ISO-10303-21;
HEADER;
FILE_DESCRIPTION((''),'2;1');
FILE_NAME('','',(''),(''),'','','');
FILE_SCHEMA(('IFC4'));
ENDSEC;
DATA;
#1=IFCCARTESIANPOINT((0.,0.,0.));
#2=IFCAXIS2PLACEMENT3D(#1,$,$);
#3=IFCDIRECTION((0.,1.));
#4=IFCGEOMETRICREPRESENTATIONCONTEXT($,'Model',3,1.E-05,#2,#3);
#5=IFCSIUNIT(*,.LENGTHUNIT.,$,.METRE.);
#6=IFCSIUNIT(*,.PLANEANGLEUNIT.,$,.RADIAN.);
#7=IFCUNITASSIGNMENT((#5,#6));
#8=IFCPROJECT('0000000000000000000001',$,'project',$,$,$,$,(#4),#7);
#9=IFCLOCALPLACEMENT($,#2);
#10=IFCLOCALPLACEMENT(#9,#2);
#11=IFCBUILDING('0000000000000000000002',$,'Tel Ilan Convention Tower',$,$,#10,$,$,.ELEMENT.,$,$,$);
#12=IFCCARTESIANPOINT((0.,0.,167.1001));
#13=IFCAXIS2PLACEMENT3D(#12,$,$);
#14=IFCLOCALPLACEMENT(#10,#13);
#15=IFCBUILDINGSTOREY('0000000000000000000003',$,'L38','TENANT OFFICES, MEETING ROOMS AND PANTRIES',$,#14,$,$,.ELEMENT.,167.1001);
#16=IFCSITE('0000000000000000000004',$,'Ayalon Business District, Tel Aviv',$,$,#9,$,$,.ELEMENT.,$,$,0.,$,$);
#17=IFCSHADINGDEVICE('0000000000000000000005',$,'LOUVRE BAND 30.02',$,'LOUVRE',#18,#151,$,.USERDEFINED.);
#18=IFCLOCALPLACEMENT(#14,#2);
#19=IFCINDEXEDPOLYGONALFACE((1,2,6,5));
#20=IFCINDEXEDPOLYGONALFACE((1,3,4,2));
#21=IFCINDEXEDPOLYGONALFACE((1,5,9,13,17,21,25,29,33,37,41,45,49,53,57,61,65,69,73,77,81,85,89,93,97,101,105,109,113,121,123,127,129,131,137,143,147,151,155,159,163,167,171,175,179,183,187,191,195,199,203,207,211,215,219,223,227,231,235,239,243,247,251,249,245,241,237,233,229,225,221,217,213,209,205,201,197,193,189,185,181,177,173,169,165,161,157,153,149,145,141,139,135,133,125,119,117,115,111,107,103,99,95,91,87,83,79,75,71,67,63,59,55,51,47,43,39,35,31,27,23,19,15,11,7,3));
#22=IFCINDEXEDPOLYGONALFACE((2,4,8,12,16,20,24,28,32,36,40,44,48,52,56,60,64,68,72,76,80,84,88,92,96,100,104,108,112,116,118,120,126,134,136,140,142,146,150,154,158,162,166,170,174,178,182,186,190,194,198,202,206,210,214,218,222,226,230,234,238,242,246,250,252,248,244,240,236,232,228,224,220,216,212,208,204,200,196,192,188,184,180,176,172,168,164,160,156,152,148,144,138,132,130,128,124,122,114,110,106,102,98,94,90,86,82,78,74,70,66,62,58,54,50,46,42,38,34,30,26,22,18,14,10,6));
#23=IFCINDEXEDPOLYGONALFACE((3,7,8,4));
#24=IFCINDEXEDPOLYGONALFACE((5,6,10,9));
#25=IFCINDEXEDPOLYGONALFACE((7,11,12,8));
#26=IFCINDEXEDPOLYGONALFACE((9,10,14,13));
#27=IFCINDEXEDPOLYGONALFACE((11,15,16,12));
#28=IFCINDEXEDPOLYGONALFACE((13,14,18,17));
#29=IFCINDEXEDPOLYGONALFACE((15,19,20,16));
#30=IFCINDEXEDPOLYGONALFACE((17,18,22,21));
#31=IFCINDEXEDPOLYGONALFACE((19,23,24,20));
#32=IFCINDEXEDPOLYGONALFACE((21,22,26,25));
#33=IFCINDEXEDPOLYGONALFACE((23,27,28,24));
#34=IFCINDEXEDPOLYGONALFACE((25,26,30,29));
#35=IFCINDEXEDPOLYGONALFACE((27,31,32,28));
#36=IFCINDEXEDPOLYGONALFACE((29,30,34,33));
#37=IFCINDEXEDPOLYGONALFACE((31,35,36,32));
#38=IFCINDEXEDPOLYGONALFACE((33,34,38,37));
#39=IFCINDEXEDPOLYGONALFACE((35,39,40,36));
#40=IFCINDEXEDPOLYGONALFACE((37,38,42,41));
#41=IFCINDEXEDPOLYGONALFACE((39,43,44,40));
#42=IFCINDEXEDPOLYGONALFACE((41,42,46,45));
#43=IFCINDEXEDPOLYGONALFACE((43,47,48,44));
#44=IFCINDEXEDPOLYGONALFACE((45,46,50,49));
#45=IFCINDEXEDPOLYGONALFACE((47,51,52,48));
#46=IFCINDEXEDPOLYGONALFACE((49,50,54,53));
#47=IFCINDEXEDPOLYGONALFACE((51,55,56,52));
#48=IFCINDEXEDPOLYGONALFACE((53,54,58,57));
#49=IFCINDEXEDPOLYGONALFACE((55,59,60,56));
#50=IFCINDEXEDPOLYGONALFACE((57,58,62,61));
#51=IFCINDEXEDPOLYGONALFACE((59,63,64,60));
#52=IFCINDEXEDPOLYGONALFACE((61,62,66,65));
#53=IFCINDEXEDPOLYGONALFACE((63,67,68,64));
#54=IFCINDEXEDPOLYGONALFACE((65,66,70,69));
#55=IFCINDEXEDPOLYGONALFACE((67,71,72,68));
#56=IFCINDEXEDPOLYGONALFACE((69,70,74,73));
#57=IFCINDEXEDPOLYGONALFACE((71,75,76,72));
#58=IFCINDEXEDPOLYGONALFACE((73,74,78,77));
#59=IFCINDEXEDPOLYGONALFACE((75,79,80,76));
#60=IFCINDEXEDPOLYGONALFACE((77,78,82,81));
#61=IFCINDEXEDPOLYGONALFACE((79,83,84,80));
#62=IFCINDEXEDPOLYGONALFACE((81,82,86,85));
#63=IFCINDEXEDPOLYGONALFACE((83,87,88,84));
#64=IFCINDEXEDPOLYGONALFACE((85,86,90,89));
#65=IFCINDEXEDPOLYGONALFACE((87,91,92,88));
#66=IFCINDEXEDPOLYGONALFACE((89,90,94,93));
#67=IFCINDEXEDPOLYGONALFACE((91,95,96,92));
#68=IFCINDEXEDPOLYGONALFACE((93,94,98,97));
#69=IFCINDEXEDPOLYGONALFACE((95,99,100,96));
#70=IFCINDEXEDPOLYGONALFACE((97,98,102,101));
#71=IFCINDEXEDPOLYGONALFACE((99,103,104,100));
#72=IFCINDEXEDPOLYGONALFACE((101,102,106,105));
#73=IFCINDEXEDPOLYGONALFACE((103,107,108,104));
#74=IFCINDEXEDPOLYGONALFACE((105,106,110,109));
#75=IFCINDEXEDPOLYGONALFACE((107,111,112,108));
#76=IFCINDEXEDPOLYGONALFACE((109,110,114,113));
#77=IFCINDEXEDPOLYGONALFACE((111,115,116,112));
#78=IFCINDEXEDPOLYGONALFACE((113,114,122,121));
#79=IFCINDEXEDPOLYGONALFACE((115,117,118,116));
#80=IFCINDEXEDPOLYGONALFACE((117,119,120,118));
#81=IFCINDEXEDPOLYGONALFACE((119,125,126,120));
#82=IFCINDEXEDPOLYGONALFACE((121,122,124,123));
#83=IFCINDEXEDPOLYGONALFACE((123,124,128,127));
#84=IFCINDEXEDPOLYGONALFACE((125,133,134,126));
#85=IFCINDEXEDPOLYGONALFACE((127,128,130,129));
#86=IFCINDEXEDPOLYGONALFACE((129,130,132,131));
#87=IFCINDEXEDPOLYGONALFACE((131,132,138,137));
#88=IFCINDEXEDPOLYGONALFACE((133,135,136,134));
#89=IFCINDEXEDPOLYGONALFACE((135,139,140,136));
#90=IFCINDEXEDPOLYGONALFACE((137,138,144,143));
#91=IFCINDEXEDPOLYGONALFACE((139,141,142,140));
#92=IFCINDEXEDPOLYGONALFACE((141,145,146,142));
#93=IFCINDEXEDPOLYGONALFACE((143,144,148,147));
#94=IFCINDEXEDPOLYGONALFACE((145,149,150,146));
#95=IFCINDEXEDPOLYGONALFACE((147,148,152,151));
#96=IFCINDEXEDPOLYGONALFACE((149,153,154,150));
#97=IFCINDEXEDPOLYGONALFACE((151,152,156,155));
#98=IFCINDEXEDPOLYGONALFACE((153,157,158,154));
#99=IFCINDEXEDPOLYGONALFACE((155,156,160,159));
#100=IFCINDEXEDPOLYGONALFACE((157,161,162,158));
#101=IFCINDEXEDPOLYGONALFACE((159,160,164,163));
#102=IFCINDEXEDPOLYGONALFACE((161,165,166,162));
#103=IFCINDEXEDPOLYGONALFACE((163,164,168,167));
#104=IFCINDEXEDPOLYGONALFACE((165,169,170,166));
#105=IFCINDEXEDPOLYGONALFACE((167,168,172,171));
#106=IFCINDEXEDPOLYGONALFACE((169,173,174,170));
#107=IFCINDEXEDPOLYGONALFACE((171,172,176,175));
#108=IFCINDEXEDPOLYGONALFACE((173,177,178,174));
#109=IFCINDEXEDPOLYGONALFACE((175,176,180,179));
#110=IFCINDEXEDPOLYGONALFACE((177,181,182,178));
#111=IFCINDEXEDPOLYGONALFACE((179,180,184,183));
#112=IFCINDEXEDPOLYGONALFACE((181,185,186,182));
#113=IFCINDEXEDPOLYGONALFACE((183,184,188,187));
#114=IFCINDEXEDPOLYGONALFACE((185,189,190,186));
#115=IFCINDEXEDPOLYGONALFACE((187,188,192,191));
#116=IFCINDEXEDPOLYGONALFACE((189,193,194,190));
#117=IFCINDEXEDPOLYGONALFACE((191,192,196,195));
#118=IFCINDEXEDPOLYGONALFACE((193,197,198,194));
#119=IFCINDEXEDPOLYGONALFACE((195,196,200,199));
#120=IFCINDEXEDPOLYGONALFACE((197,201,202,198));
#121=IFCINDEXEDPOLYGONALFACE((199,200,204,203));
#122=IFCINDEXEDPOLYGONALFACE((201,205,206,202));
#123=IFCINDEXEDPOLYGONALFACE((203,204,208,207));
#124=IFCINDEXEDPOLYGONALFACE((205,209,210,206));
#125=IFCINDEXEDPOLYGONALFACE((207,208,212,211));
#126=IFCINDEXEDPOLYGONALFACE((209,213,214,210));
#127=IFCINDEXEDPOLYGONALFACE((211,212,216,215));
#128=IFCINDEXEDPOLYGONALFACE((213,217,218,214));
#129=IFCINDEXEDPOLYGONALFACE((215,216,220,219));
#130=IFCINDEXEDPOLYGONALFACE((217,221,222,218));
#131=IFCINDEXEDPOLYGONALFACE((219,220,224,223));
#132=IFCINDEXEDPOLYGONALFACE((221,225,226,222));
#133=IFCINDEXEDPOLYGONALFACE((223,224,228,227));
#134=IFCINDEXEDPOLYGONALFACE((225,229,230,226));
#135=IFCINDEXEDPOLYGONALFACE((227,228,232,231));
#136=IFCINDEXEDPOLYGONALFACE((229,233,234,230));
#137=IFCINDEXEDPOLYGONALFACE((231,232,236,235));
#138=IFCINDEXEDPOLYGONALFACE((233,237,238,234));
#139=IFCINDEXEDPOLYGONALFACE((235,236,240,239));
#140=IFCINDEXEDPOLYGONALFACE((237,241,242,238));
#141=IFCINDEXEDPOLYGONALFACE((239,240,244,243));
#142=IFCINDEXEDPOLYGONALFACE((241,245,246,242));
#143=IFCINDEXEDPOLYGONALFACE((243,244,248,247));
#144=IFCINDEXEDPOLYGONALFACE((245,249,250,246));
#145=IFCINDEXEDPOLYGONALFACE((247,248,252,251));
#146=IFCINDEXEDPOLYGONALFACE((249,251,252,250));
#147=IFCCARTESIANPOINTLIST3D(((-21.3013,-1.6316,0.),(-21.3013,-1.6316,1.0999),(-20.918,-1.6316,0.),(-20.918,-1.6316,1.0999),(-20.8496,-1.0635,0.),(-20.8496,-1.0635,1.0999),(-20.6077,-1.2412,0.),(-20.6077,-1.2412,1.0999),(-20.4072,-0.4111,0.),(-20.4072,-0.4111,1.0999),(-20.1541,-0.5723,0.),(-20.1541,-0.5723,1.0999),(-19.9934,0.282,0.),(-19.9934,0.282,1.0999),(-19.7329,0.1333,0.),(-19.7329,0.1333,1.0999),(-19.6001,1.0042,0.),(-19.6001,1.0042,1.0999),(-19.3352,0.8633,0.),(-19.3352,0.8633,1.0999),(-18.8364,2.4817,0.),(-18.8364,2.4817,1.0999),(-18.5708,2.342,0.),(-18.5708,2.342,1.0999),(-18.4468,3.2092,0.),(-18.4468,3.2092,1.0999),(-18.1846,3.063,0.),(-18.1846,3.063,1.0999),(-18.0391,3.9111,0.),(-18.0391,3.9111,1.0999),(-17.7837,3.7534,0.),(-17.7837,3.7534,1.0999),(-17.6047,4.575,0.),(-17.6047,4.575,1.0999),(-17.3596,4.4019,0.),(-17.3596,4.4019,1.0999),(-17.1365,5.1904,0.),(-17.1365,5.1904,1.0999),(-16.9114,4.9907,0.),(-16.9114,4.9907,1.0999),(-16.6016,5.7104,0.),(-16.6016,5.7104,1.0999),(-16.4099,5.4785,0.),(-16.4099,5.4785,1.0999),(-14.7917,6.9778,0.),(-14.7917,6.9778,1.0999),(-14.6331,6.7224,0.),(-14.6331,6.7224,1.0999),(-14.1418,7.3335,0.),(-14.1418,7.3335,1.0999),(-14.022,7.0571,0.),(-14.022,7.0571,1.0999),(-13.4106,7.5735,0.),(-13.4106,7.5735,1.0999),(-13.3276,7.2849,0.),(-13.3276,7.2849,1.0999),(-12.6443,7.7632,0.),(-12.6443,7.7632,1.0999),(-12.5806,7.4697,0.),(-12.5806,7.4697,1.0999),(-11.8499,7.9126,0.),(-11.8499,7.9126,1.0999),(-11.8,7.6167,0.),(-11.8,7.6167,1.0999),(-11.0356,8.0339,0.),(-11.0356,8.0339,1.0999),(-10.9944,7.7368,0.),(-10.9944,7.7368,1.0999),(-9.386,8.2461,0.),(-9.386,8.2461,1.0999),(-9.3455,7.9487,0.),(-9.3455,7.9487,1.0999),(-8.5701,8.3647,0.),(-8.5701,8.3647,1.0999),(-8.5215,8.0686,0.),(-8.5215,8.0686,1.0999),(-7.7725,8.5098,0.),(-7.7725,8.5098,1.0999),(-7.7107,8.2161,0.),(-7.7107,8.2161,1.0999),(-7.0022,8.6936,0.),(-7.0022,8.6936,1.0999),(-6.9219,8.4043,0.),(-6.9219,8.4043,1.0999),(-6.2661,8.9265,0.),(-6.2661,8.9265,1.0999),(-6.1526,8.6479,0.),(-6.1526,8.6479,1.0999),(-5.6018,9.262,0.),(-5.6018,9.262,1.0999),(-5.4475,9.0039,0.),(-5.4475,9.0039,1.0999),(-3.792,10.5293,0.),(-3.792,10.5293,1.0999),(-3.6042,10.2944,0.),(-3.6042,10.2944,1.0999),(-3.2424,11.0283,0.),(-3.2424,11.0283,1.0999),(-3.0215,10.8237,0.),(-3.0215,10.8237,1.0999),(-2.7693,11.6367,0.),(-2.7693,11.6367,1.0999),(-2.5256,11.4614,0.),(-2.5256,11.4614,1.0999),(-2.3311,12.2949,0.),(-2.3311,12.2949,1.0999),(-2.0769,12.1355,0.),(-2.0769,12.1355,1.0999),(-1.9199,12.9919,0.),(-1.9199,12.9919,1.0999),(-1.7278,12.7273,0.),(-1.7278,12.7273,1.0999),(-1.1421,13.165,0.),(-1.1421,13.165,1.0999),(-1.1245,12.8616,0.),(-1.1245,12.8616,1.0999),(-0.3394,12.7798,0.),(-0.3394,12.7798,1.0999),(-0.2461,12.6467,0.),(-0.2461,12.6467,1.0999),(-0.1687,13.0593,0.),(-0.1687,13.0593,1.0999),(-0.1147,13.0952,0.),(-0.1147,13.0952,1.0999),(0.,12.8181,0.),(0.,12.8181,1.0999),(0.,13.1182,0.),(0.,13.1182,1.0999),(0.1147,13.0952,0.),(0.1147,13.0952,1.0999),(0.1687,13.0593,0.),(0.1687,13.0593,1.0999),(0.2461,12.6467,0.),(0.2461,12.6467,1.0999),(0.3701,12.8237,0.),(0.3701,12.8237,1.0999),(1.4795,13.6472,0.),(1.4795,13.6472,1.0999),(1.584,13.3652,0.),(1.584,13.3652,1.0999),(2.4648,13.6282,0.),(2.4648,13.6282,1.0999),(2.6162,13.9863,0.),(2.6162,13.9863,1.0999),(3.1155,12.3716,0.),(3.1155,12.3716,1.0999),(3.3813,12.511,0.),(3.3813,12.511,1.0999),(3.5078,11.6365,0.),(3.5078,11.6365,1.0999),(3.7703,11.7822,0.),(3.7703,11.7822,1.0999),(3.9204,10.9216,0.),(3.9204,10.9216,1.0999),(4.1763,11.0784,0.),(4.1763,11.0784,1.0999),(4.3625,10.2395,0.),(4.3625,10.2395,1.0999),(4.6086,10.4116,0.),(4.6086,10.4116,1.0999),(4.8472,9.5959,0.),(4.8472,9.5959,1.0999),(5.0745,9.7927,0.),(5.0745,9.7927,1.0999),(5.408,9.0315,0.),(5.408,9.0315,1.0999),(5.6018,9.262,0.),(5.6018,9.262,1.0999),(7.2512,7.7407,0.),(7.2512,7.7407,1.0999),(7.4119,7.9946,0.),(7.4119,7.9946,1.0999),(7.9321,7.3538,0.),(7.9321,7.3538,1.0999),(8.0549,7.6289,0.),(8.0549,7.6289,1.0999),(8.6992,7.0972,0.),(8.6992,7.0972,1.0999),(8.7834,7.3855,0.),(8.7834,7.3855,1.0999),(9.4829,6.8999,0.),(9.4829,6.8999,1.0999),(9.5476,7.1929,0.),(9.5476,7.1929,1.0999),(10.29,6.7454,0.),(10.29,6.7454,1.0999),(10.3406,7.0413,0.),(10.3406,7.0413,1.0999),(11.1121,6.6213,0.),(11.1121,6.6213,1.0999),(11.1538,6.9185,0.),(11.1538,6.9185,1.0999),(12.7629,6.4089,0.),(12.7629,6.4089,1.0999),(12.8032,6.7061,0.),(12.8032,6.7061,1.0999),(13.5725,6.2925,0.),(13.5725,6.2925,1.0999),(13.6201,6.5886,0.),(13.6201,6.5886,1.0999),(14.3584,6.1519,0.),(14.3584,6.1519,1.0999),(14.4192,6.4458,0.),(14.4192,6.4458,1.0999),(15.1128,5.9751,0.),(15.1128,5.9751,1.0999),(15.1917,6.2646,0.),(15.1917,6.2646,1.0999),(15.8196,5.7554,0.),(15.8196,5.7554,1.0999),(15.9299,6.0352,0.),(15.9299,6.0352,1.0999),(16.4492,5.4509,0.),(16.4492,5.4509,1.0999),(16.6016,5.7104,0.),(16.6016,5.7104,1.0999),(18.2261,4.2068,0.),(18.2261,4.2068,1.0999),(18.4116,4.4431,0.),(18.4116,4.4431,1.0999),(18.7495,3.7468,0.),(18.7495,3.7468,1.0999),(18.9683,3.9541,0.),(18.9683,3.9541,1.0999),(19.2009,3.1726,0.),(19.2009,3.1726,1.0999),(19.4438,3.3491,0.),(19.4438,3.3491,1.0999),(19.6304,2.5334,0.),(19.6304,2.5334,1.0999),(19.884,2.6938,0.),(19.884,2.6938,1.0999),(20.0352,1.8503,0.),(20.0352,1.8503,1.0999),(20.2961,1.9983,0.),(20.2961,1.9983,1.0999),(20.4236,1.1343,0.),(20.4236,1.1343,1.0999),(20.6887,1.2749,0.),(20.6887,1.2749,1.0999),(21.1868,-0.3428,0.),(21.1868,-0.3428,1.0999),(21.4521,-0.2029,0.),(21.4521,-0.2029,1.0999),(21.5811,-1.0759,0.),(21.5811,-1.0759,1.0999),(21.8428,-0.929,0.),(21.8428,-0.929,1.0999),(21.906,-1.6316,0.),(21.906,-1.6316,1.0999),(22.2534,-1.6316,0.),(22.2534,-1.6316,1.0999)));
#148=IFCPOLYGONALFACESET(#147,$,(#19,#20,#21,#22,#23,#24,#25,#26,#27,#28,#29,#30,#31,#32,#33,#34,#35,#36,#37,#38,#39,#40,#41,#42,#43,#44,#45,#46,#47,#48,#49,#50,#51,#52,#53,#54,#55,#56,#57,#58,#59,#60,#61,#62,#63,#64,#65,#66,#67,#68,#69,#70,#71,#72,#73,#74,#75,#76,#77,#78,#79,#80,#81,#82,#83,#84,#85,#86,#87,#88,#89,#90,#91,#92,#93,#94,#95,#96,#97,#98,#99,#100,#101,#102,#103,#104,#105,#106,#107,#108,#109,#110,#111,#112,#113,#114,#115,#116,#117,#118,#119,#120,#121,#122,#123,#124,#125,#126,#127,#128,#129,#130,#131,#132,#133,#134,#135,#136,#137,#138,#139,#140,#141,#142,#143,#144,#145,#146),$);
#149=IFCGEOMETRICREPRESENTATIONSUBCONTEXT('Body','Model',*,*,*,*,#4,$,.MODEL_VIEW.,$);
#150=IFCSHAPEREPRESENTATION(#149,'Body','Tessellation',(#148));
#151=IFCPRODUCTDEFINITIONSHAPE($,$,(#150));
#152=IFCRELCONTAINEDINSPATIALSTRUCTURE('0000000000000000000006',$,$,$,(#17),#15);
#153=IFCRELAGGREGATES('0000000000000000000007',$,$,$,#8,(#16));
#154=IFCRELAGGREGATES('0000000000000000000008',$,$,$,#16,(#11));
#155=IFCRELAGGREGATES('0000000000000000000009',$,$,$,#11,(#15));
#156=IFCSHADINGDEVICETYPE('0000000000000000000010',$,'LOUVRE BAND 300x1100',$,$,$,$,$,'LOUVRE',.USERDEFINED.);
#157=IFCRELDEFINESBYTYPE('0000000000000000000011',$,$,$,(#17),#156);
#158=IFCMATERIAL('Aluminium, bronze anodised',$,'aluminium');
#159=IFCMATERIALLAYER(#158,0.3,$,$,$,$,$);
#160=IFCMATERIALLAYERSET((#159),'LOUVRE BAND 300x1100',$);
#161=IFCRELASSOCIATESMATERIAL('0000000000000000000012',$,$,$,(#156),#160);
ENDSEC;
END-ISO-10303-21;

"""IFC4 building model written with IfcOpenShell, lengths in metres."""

from ifc_helpers import new_model, si_unit, direction, frame, origin, place, context, subcontext, project, spatial, polyline, outline, extrude, material, layer, layer_set, type_object, element, save


model = new_model("IFC4")

# Units and contexts
model_context = context("Model", 3, precision=1e-05, world=origin(), true_north=direction((0.0, 1.0)))
body_context = subcontext(model_context, "Body", "Model", "MODEL_VIEW")
ifc_project = project(units=[si_unit("LENGTHUNIT", "METRE"), si_unit("PLANEANGLEUNIT", "RADIAN")], contexts=[model_context])

# Site, building, storey
site_placement = place(None, origin())
site = spatial("IfcSite", under=ifc_project, at=site_placement, Name="Ayalon Business District, Tel Aviv", CompositionType="ELEMENT", RefElevation=0.0)
building_placement = place(site_placement, origin())
building = spatial("IfcBuilding", under=site, at=building_placement, Name="Tel Ilan Convention Tower", CompositionType="ELEMENT")
storey_placement = place(building_placement, frame((0.0, 0.0, 167.1001)))
storey = spatial("IfcBuildingStorey", under=building, at=storey_placement, Name="L38", Description="TENANT OFFICES, MEETING ROOMS AND PANTRIES", CompositionType="ELEMENT", Elevation=167.1001)

# Shading device
ifc_material_1 = material(Name="Aluminium, bronze anodised", Category="aluminium")
ifc_layer_1 = layer(ifc_material_1, 0.3)
ifc_layer_set_1 = layer_set([ifc_layer_1], Name="LOUVRE BAND 300x1100")
shading_device_type_1 = type_object("IfcShadingDeviceType", Name="LOUVRE BAND 300x1100", ElementType="LOUVRE", PredefinedType="USERDEFINED", material=ifc_layer_set_1)
shading_device_1_placement = place(storey_placement, origin())
element("IfcShadingDevice", 1, at=shading_device_1_placement, inside=storey, type_object=shading_device_type_1, Name="LOUVRE BAND 30.02", ObjectType="LOUVRE", PredefinedType="USERDEFINED", context=body_context, shape_type="SweptSolid", body=[
    extrude(outline(polyline([(-1.1421, 13.165), (-1.9199, 12.9919), (-2.3311, 12.2949), (-2.7693, 11.6367), (-3.2424, 11.0283), (-3.792, 10.5293), (-5.6018, 9.262), (-6.2661, 8.9265), (-7.0022, 8.6936), (-7.7725, 8.5098), (-8.5701, 8.3647), (-9.386, 8.2461), (-11.0356, 8.0339), (-11.8499, 7.9126), (-12.6443, 7.7632), (-13.4106, 7.5735), (-14.1418, 7.3335), (-14.7917, 6.9778), (-16.6016, 5.7104), (-17.1365, 5.1904), (-17.6047, 4.575), (-18.0391, 3.9111), (-18.4468, 3.2092), (-18.8364, 2.4817), (-19.6001, 1.0042), (-19.9934, 0.282), (-20.4072, -0.4111), (-20.8496, -1.0635), (-21.3013, -1.6316), (-20.918, -1.6316), (-20.6077, -1.2412), (-20.1541, -0.5723), (-19.7329, 0.1333), (-19.3352, 0.8633), (-18.5708, 2.342), (-18.1846, 3.063), (-17.7837, 3.7534), (-17.3596, 4.4019), (-16.9114, 4.9907), (-16.4099, 5.4785), (-14.6331, 6.7224), (-14.022, 7.0571), (-13.3276, 7.2849), (-12.5806, 7.4697), (-11.8, 7.6167), (-10.9944, 7.7368), (-9.3455, 7.9487), (-8.5215, 8.0686), (-7.7107, 8.2161), (-6.9219, 8.4043), (-6.1526, 8.6479), (-5.4475, 9.0039), (-3.6042, 10.2944), (-3.0215, 10.8237), (-2.5256, 11.4614), (-2.0769, 12.1355), (-1.7278, 12.7273), (-1.1245, 12.8616), (-0.3394, 12.7798), (-0.2461, 12.6467), (0.0, 12.8181), (0.2461, 12.6467), (0.3701, 12.8237), (1.584, 13.3652), (2.4648, 13.6282), (3.1155, 12.3716), (3.5078, 11.6365), (3.9204, 10.9216), (4.3625, 10.2395), (4.8472, 9.5959), (5.408, 9.0315), (7.2512, 7.7407), (7.9321, 7.3538), (8.6992, 7.0972), (9.4829, 6.8999), (10.29, 6.7454), (11.1121, 6.6213), (12.7629, 6.4089), (13.5725, 6.2925), (14.3584, 6.1519), (15.1128, 5.9751), (15.8196, 5.7554), (16.4492, 5.4509), (18.2261, 4.2068), (18.7495, 3.7468), (19.2009, 3.1726), (19.6304, 2.5334), (20.0352, 1.8503), (20.4236, 1.1343), (21.1868, -0.3428), (21.5811, -1.0759), (21.906, -1.6316), (22.2534, -1.6316), (21.8428, -0.929), (21.4521, -0.2029), (20.6887, 1.2749), (20.2961, 1.9983), (19.884, 2.6938), (19.4438, 3.3491), (18.9683, 3.9541), (18.4116, 4.4431), (16.6016, 5.7104), (15.9299, 6.0352), (15.1917, 6.2646), (14.4192, 6.4458), (13.6201, 6.5886), (12.8032, 6.7061), (11.1538, 6.9185), (10.3406, 7.0413), (9.5476, 7.1929), (8.7834, 7.3855), (8.0549, 7.6289), (7.4119, 7.9946), (5.6018, 9.262), (5.0745, 9.7927), (4.6086, 10.4116), (4.1763, 11.0784), (3.7703, 11.7822), (3.3813, 12.511), (2.6162, 13.9863), (1.4795, 13.6472), (0.1687, 13.0593), (0.1147, 13.0952), (0.0, 13.1182), (-0.1147, 13.0952), (-0.1687, 13.0593), (-1.1421, 13.165)])), origin(), (0.0, 0.0, 1.0), 1.0999),
])

save(model, "model.ifc")
